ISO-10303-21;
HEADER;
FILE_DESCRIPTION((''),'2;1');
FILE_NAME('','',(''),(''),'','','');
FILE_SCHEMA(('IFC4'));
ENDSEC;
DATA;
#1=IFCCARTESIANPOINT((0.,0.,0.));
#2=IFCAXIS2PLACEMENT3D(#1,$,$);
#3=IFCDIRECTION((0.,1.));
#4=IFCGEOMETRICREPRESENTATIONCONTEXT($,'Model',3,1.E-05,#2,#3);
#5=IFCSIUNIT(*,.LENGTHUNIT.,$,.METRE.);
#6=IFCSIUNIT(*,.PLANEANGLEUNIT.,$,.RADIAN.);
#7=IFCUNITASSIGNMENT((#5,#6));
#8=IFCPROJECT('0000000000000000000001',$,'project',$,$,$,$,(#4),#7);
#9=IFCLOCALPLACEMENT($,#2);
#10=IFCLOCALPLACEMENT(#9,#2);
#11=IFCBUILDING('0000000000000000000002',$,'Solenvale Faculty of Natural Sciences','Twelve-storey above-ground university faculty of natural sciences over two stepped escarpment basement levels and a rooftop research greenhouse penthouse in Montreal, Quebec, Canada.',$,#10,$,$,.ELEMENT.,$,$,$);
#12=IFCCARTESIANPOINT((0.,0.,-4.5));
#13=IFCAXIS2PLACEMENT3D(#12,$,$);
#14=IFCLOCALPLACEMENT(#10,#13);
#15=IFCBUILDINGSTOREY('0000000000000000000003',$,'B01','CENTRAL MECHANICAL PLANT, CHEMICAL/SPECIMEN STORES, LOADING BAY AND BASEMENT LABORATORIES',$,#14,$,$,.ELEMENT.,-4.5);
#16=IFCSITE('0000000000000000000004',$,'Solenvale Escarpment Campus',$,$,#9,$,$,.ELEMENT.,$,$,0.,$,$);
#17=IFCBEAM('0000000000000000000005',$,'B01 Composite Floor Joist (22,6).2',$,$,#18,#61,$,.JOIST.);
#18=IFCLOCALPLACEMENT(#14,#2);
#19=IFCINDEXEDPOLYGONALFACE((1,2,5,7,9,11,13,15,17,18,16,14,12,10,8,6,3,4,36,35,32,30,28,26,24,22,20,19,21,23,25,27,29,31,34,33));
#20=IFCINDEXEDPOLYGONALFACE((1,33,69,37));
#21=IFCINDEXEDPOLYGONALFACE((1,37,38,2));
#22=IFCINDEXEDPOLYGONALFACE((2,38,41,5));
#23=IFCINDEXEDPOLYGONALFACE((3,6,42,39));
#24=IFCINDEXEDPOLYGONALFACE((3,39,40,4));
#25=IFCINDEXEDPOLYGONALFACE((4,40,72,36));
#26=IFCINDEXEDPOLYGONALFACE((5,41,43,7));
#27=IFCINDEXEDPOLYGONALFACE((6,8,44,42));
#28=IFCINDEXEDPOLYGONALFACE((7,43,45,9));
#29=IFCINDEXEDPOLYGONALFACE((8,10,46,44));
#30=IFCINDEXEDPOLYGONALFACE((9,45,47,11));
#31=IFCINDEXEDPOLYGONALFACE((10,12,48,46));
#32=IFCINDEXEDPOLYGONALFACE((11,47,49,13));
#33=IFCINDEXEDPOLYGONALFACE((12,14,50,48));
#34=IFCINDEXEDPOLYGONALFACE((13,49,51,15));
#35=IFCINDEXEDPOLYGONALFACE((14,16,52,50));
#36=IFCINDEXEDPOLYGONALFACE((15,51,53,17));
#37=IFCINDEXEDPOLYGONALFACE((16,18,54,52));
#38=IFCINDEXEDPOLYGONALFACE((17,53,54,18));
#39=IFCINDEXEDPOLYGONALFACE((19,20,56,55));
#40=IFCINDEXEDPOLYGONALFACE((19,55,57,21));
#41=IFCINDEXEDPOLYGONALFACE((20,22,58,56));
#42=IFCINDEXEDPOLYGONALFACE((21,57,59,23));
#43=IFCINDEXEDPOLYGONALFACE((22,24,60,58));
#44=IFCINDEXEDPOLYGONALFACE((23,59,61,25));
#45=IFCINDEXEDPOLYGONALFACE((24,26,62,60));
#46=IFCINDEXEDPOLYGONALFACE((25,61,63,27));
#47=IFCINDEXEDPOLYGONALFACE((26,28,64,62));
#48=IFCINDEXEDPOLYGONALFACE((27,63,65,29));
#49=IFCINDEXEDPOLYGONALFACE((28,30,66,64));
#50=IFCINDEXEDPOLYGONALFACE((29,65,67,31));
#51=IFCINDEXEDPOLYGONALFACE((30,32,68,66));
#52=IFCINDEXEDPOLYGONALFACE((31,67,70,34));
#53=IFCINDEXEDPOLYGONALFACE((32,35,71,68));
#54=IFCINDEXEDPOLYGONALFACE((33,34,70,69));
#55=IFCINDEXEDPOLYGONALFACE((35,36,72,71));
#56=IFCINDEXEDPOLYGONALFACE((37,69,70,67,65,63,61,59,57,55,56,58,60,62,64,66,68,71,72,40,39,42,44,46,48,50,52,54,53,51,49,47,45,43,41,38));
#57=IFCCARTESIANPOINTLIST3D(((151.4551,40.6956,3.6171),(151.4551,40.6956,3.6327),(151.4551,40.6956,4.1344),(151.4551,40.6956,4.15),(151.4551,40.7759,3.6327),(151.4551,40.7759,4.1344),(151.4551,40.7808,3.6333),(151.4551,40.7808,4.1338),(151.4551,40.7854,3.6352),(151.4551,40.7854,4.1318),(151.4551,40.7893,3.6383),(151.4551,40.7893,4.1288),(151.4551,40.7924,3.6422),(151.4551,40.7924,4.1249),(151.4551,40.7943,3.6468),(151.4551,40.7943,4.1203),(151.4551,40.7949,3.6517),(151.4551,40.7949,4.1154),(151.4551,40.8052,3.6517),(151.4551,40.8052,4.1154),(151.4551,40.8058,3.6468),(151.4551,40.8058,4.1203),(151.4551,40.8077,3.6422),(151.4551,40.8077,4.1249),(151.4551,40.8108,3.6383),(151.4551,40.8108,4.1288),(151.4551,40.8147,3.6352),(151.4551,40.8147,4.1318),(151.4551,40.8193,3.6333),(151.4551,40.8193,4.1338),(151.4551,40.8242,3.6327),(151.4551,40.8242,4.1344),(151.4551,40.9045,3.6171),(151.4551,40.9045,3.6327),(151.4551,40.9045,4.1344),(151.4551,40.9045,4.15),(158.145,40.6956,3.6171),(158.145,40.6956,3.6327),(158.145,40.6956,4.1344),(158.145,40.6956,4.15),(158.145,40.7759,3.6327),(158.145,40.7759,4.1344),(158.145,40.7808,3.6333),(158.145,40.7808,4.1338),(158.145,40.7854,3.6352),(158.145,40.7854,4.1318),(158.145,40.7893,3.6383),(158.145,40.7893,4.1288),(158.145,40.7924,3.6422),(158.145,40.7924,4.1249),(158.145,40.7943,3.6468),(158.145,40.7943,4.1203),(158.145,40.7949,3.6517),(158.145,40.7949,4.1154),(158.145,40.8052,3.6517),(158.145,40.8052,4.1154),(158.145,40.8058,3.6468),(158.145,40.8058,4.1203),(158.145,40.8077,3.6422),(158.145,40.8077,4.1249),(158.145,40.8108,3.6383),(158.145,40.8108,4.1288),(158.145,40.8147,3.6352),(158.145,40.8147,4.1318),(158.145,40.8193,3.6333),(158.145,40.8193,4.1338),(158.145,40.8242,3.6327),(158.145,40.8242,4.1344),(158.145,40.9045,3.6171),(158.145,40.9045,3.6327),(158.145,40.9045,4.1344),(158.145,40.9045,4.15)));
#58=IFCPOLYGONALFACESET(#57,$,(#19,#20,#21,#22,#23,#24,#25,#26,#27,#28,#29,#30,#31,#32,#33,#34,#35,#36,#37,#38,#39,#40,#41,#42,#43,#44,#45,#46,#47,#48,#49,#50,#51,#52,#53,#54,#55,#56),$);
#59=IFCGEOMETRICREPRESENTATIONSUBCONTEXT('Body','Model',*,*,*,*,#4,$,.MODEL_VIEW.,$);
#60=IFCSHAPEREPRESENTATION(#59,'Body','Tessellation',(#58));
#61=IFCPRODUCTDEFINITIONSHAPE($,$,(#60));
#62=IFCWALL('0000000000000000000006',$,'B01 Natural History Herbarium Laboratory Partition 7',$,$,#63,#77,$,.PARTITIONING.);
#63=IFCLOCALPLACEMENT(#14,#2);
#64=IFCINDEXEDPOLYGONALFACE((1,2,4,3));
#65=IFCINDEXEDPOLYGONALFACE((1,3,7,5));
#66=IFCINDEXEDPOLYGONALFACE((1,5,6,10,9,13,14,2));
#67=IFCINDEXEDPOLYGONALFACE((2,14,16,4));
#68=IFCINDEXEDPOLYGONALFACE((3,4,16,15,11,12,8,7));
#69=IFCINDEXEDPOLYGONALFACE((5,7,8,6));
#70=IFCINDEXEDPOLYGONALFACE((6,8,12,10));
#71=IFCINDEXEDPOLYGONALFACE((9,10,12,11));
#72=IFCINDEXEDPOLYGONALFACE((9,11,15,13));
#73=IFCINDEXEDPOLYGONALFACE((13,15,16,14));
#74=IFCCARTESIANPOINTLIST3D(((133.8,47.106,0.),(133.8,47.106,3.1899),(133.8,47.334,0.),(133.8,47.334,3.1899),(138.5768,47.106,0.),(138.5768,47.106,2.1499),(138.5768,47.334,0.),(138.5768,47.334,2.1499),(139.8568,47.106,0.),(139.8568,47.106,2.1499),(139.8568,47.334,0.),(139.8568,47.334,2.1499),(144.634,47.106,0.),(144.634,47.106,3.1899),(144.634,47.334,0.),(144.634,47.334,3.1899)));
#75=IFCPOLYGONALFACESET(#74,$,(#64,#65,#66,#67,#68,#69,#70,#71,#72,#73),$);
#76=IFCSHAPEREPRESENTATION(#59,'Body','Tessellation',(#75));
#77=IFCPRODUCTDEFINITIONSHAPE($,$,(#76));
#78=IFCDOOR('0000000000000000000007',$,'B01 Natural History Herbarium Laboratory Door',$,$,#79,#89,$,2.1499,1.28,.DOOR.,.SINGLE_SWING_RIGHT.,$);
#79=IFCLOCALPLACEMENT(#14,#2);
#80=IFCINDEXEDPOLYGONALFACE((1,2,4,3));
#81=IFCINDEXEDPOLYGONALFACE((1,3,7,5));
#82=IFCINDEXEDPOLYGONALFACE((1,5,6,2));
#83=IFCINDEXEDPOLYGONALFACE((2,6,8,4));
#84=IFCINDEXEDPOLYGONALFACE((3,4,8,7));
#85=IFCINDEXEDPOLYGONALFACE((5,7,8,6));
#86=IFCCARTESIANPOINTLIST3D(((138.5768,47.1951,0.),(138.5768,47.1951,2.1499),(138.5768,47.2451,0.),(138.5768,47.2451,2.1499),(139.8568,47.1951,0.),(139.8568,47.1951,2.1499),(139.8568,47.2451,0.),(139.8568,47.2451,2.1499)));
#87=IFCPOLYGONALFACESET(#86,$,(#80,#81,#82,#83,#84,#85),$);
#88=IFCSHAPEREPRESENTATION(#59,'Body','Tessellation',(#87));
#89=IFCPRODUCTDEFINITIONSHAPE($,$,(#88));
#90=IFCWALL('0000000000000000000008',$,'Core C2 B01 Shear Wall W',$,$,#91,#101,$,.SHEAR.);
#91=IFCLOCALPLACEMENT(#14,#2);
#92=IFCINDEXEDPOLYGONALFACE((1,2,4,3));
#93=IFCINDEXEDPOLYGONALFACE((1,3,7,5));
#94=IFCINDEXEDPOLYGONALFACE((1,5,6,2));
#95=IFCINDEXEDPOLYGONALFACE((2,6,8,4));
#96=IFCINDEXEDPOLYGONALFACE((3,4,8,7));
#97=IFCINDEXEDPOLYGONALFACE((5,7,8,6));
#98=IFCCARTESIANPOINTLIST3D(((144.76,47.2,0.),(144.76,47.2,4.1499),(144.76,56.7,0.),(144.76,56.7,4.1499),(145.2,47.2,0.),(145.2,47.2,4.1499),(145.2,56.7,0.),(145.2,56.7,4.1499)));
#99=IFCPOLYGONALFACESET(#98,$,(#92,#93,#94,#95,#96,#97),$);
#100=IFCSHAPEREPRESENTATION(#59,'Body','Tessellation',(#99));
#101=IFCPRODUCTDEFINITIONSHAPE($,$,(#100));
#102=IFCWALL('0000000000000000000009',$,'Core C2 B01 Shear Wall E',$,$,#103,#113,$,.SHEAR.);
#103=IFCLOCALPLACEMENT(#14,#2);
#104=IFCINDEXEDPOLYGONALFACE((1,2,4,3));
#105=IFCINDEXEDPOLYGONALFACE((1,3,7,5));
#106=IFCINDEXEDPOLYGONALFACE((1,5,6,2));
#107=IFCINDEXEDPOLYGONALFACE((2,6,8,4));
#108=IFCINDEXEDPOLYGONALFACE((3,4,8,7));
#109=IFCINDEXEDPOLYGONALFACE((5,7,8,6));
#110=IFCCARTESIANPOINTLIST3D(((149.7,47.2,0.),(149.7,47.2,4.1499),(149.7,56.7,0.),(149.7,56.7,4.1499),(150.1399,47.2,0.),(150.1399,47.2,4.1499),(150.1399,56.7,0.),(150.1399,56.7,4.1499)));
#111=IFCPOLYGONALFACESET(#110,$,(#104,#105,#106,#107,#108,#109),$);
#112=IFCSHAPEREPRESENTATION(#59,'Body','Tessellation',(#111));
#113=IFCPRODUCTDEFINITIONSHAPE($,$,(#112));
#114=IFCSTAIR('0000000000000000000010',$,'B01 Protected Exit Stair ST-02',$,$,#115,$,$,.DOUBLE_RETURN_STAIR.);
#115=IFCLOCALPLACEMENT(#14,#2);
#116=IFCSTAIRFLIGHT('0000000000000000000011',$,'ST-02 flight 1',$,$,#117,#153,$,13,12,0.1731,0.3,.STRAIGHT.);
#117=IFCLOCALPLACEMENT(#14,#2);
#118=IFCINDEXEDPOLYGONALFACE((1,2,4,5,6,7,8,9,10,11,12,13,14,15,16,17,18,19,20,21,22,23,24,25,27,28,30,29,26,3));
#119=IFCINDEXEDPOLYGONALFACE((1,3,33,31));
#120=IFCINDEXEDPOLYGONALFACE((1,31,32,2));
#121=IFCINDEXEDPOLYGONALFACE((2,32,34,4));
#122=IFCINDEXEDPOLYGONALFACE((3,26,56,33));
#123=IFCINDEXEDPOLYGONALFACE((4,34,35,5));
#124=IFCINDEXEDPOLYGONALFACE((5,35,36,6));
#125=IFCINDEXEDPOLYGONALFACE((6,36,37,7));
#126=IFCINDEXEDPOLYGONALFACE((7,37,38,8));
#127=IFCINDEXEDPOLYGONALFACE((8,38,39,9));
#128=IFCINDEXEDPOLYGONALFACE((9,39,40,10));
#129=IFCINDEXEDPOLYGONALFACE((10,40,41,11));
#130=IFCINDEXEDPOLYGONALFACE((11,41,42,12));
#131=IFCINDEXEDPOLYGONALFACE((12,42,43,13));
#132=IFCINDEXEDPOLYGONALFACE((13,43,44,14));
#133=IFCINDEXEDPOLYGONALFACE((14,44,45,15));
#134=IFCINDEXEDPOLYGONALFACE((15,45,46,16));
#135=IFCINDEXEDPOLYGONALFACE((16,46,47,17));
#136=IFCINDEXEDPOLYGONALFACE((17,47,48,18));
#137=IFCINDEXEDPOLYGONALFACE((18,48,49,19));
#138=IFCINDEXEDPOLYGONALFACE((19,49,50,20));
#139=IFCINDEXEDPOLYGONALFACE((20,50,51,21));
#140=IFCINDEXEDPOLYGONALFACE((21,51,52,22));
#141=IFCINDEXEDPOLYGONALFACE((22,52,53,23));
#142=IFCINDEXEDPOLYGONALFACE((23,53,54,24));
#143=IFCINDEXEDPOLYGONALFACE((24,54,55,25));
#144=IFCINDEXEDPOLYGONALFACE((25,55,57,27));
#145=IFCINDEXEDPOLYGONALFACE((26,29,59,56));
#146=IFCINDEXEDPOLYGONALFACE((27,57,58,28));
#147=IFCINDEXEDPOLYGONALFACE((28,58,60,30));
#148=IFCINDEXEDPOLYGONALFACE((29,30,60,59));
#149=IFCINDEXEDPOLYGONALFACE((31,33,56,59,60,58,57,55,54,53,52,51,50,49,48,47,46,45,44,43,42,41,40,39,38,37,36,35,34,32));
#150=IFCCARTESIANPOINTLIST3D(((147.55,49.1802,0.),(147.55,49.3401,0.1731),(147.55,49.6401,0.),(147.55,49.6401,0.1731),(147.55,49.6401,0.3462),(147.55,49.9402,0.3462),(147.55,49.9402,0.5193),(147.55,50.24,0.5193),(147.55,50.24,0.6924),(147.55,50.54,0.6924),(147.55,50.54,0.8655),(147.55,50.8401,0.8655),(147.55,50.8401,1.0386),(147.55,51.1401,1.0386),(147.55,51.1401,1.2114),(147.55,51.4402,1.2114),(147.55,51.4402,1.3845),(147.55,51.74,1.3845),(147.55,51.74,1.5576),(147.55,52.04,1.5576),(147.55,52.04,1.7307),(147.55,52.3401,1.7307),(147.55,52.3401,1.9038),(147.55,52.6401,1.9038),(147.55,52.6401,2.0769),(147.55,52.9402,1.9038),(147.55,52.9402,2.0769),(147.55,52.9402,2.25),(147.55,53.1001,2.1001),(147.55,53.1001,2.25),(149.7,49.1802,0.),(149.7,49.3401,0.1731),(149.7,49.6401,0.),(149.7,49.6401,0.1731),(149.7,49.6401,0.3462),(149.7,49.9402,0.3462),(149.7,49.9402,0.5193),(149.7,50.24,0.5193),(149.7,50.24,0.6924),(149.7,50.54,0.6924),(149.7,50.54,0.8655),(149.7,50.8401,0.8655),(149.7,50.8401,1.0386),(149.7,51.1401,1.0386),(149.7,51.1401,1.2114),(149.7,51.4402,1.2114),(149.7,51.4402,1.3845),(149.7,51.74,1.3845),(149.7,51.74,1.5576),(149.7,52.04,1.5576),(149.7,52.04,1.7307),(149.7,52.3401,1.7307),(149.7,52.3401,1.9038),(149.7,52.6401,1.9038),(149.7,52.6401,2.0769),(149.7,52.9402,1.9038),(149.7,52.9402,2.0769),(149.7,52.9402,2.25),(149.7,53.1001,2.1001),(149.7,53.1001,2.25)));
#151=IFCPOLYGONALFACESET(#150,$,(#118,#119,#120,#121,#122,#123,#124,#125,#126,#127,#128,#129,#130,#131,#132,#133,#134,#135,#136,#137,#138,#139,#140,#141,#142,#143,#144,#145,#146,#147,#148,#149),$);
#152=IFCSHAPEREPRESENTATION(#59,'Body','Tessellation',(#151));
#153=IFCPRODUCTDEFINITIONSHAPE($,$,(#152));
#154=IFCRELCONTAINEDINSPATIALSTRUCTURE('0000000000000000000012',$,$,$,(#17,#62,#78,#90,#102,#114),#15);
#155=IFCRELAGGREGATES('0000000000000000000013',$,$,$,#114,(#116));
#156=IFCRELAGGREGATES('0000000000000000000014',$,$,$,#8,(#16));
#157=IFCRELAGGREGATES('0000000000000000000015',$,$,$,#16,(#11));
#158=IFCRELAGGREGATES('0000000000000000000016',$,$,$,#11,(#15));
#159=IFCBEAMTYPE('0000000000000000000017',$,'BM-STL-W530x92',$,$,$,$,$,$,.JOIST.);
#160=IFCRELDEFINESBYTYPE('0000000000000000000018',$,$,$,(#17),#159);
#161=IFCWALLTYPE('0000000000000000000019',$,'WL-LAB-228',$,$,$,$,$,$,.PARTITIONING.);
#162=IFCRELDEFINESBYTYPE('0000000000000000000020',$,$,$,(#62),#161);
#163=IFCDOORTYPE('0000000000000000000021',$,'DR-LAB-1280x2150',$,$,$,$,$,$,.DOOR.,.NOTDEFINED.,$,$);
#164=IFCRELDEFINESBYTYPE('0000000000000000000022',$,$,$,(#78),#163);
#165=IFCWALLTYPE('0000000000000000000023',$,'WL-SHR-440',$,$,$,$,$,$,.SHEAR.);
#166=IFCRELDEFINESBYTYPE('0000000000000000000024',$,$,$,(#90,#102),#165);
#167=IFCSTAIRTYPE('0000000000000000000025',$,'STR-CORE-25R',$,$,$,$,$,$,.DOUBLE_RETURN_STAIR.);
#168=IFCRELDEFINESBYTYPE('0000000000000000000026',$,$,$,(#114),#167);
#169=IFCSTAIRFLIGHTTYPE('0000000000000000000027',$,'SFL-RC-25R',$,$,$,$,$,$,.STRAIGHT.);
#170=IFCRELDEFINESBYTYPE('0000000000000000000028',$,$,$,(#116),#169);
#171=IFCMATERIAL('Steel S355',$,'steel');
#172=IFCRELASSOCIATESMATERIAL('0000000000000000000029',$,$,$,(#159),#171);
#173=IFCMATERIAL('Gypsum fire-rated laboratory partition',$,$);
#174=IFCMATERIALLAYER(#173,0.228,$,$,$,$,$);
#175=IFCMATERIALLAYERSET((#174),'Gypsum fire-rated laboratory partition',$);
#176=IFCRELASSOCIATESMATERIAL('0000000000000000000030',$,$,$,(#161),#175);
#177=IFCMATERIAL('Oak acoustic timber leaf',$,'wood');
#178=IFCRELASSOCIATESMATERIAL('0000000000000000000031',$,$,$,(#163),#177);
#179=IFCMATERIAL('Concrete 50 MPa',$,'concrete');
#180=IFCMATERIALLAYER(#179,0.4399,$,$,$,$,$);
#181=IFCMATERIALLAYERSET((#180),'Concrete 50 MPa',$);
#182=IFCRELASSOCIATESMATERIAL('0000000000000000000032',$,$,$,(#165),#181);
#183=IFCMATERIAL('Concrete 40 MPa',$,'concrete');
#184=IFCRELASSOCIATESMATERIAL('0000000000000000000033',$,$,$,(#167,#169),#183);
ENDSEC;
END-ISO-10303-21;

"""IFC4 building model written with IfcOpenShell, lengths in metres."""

from ifc_helpers import new_model, si_unit, direction, frame, frame_2d, origin, origin_2d, place, context, subcontext, project, spatial, polyline, rectangle, i_section, outline, extrude, material, layer, layer_set, material_profile, profile_set, type_object, element, fill, aggregate, save


model = new_model("IFC4")

# Units and contexts
model_context = context("Model", 3, precision=1e-05, world=origin(), true_north=direction((0.0, 1.0)))
body_context = subcontext(model_context, "Body", "Model", "MODEL_VIEW")
ifc_project = project(units=[si_unit("LENGTHUNIT", "METRE"), si_unit("PLANEANGLEUNIT", "RADIAN")], contexts=[model_context])

# Site, building, storey
site_placement = place(None, origin())
site = spatial("IfcSite", under=ifc_project, at=site_placement, Name="Solenvale Escarpment Campus", CompositionType="ELEMENT", RefElevation=0.0)
building_placement = place(site_placement, origin())
building = spatial("IfcBuilding", under=site, at=building_placement, Name="Solenvale Faculty of Natural Sciences", Description="Twelve-storey above-ground university faculty of natural sciences over two stepped escarpment basement levels and a rooftop research greenhouse penthouse in Montreal, Quebec, Canada.", CompositionType="ELEMENT")
storey_placement = place(building_placement, frame((0.0, 0.0, -4.5)))
storey = spatial("IfcBuildingStorey", under=building, at=storey_placement, Name="B01", Description="CENTRAL MECHANICAL PLANT, CHEMICAL/SPECIMEN STORES, LOADING BAY AND BASEMENT LABORATORIES", CompositionType="ELEMENT", Elevation=-4.5)

# Shared definitions
ifc_material_1 = material(Name="Concrete 40 MPa", Category="concrete")

# Shared definitions
ifc_material_2 = material(Name="Concrete 50 MPa", Category="concrete")

# Beam
ifc_material_3 = material(Name="Steel S355", Category="steel")
ifc_material_profile_1 = material_profile(ifc_material_3, i_section(OverallWidth=0.209, OverallDepth=0.533, WebThickness=0.0103, FlangeThickness=0.0156, FilletRadius=0.019, at=origin_2d()), Name="W530x92")
ifc_profile_set_1 = profile_set([ifc_material_profile_1], Name="Steel S355")
beam_type_1 = type_object("IfcBeamType", Name="BM-STL-W530x92", PredefinedType="JOIST", material=ifc_profile_set_1)
for number, where, z_axis, x_axis, name in (
    (1, (151.4551, 40.8, 3.8835), (1.0, 0.0, 0.0), (0.0, 1.0, 0.0), "B01 Composite Floor Joist (22,6).2"),
):
    element("IfcBeam", number, at=place(storey_placement, frame(where, z_axis=z_axis, x_axis=x_axis)), inside=storey, type_object=beam_type_1, Name=name, PredefinedType="JOIST", context=body_context, shape_type="SweptSolid", body=[
        extrude(i_section(OverallWidth=0.209, OverallDepth=0.533, WebThickness=0.0103, FlangeThickness=0.0156, FilletRadius=0.019, at=origin_2d()), origin(), (0.0, 0.0, 1.0), 6.6899),
    ])

# Wall, opening, door
ifc_material_4 = material(Name="Gypsum fire-rated laboratory partition")
ifc_layer_1 = layer(ifc_material_4, 0.228)
ifc_layer_set_1 = layer_set([ifc_layer_1], Name="Gypsum fire-rated laboratory partition")
wall_type_1 = type_object("IfcWallType", Name="WL-LAB-228", PredefinedType="PARTITIONING", material=ifc_layer_set_1)
wall_1_placement = place(storey_placement, frame((144.634, 47.22, 0.0), z_axis=(0.0, 0.0, 1.0), x_axis=(-1.0, 0.0, 0.0)))
wall_1 = element("IfcWall", 2, at=wall_1_placement, inside=storey, type_object=wall_type_1, Name="B01 Natural History Herbarium Laboratory Partition 7", PredefinedType="PARTITIONING", context=body_context, shape_type="SweptSolid", body=[
    extrude(rectangle(XDim=10.834, YDim=0.228, at=frame_2d((5.417, 0.0))), origin(), (0.0, 0.0, 1.0), 3.1899),
])
opening_1_placement = place(wall_1_placement, frame((4.7771, 0.0, 0.0)))
opening_1 = element("IfcOpeningElement", 3, at=opening_1_placement, cuts=wall_1, PredefinedType="OPENING", context=body_context, shape_type="SweptSolid", body=[
    extrude(rectangle(XDim=1.28, YDim=2.1499, at=frame_2d((0.6401, 1.075))), frame((0.0, 0.124, 0.0), z_axis=(0.0, -1.0, 0.0), x_axis=(1.0, 0.0, 0.0)), (0.0, 0.0, 1.0), 0.248),
])
ifc_material_5 = material(Name="Oak acoustic timber leaf", Category="wood")
door_type_1 = type_object("IfcDoorType", Name="DR-LAB-1280x2150", OperationType="NOTDEFINED", PredefinedType="DOOR", material=ifc_material_5)
door_1_placement = place(opening_1_placement, origin())
door_1 = element("IfcDoor", 4, at=door_1_placement, inside=storey, type_object=door_type_1, Name="B01 Natural History Herbarium Laboratory Door", OperationType="SINGLE_SWING_RIGHT", OverallHeight=2.1499, OverallWidth=1.28, PredefinedType="DOOR", context=body_context, shape_type="SweptSolid", body=[
    extrude(rectangle(XDim=1.28, YDim=2.1499, at=frame_2d((0.6401, 1.075))), frame((0.0, 0.0249, 0.0), z_axis=(0.0, -1.0, 0.0), x_axis=(1.0, 0.0, 0.0)), (0.0, 0.0, 1.0), 0.05),
])
fill(opening_1, door_1)
ifc_layer_2 = layer(ifc_material_2, 0.4399)
ifc_layer_set_2 = layer_set([ifc_layer_2], Name="Concrete 50 MPa")
wall_type_2 = type_object("IfcWallType", Name="WL-SHR-440", PredefinedType="SHEAR", material=ifc_layer_set_2)

# Walls
for number, where, z_axis, x_axis, name in (
    (5, (144.98, 47.2, 0.0), (0.0, 0.0, 1.0), (0.0, 1.0, 0.0), "Core C2 B01 Shear Wall W"),
    (6, (149.9199, 47.2, 0.0), (0.0, 0.0, 1.0), (0.0, 1.0, 0.0), "Core C2 B01 Shear Wall E"),
):
    element("IfcWall", number, at=place(storey_placement, frame(where, z_axis=z_axis, x_axis=x_axis)), inside=storey, type_object=wall_type_2, Name=name, PredefinedType="SHEAR", context=body_context, shape_type="SweptSolid", body=[
        extrude(rectangle(XDim=9.5, YDim=0.4399, at=frame_2d((4.75, 0.0))), origin(), (0.0, 0.0, 1.0), 4.1499),
    ])

# Stair, stair flight
stair_type = type_object("IfcStairType", Name="STR-CORE-25R", PredefinedType="DOUBLE_RETURN_STAIR", material=ifc_material_1)
stair_placement = place(storey_placement, origin())
stair = element("IfcStair", 7, at=stair_placement, inside=storey, type_object=stair_type, Name="B01 Protected Exit Stair ST-02", PredefinedType="DOUBLE_RETURN_STAIR")
stair_flight_type = type_object("IfcStairFlightType", Name="SFL-RC-25R", PredefinedType="STRAIGHT", material=ifc_material_1)
stair_flight_placement = place(storey_placement, frame((148.625, 49.3401, 0.0), z_axis=(0.0, 0.0, 1.0), x_axis=(0.0, 1.0, 0.0)))
stair_flight = element("IfcStairFlight", 8, at=stair_flight_placement, type_object=stair_flight_type, Name="ST-02 flight 1", NumberOfRisers=13, NumberOfTreads=12, PredefinedType="STRAIGHT", RiserHeight=0.1731, TreadLength=0.3, context=body_context, shape_type="SweptSolid", body=[
    extrude(outline(polyline([(-0.1599, 0.0), (0.0, 0.1731), (0.3, 0.1731), (0.3, 0.3462), (0.6001, 0.3462), (0.6001, 0.5193), (0.8999, 0.5193), (0.8999, 0.6924), (1.2, 0.6924), (1.2, 0.8655), (1.5, 0.8655), (1.5, 1.0386), (1.8, 1.0386), (1.8, 1.2114), (2.1001, 1.2114), (2.1001, 1.3845), (2.3999, 1.3845), (2.3999, 1.5576), (2.7, 1.5576), (2.7, 1.7307), (3.0, 1.7307), (3.0, 1.9038), (3.3, 1.9038), (3.3, 2.0769), (3.6001, 2.0769), (3.6001, 2.25), (3.76, 2.25), (3.76, 2.1001), (3.6001, 1.9038), (0.3, 0.0), (-0.1599, 0.0)])), frame((0.0, 1.075, 0.0), z_axis=(0.0, -1.0, 0.0), x_axis=(1.0, 0.0, 0.0)), (0.0, 0.0, 1.0), 2.1499),
])
aggregate(stair, [stair_flight])

save(model, "model.ifc")
